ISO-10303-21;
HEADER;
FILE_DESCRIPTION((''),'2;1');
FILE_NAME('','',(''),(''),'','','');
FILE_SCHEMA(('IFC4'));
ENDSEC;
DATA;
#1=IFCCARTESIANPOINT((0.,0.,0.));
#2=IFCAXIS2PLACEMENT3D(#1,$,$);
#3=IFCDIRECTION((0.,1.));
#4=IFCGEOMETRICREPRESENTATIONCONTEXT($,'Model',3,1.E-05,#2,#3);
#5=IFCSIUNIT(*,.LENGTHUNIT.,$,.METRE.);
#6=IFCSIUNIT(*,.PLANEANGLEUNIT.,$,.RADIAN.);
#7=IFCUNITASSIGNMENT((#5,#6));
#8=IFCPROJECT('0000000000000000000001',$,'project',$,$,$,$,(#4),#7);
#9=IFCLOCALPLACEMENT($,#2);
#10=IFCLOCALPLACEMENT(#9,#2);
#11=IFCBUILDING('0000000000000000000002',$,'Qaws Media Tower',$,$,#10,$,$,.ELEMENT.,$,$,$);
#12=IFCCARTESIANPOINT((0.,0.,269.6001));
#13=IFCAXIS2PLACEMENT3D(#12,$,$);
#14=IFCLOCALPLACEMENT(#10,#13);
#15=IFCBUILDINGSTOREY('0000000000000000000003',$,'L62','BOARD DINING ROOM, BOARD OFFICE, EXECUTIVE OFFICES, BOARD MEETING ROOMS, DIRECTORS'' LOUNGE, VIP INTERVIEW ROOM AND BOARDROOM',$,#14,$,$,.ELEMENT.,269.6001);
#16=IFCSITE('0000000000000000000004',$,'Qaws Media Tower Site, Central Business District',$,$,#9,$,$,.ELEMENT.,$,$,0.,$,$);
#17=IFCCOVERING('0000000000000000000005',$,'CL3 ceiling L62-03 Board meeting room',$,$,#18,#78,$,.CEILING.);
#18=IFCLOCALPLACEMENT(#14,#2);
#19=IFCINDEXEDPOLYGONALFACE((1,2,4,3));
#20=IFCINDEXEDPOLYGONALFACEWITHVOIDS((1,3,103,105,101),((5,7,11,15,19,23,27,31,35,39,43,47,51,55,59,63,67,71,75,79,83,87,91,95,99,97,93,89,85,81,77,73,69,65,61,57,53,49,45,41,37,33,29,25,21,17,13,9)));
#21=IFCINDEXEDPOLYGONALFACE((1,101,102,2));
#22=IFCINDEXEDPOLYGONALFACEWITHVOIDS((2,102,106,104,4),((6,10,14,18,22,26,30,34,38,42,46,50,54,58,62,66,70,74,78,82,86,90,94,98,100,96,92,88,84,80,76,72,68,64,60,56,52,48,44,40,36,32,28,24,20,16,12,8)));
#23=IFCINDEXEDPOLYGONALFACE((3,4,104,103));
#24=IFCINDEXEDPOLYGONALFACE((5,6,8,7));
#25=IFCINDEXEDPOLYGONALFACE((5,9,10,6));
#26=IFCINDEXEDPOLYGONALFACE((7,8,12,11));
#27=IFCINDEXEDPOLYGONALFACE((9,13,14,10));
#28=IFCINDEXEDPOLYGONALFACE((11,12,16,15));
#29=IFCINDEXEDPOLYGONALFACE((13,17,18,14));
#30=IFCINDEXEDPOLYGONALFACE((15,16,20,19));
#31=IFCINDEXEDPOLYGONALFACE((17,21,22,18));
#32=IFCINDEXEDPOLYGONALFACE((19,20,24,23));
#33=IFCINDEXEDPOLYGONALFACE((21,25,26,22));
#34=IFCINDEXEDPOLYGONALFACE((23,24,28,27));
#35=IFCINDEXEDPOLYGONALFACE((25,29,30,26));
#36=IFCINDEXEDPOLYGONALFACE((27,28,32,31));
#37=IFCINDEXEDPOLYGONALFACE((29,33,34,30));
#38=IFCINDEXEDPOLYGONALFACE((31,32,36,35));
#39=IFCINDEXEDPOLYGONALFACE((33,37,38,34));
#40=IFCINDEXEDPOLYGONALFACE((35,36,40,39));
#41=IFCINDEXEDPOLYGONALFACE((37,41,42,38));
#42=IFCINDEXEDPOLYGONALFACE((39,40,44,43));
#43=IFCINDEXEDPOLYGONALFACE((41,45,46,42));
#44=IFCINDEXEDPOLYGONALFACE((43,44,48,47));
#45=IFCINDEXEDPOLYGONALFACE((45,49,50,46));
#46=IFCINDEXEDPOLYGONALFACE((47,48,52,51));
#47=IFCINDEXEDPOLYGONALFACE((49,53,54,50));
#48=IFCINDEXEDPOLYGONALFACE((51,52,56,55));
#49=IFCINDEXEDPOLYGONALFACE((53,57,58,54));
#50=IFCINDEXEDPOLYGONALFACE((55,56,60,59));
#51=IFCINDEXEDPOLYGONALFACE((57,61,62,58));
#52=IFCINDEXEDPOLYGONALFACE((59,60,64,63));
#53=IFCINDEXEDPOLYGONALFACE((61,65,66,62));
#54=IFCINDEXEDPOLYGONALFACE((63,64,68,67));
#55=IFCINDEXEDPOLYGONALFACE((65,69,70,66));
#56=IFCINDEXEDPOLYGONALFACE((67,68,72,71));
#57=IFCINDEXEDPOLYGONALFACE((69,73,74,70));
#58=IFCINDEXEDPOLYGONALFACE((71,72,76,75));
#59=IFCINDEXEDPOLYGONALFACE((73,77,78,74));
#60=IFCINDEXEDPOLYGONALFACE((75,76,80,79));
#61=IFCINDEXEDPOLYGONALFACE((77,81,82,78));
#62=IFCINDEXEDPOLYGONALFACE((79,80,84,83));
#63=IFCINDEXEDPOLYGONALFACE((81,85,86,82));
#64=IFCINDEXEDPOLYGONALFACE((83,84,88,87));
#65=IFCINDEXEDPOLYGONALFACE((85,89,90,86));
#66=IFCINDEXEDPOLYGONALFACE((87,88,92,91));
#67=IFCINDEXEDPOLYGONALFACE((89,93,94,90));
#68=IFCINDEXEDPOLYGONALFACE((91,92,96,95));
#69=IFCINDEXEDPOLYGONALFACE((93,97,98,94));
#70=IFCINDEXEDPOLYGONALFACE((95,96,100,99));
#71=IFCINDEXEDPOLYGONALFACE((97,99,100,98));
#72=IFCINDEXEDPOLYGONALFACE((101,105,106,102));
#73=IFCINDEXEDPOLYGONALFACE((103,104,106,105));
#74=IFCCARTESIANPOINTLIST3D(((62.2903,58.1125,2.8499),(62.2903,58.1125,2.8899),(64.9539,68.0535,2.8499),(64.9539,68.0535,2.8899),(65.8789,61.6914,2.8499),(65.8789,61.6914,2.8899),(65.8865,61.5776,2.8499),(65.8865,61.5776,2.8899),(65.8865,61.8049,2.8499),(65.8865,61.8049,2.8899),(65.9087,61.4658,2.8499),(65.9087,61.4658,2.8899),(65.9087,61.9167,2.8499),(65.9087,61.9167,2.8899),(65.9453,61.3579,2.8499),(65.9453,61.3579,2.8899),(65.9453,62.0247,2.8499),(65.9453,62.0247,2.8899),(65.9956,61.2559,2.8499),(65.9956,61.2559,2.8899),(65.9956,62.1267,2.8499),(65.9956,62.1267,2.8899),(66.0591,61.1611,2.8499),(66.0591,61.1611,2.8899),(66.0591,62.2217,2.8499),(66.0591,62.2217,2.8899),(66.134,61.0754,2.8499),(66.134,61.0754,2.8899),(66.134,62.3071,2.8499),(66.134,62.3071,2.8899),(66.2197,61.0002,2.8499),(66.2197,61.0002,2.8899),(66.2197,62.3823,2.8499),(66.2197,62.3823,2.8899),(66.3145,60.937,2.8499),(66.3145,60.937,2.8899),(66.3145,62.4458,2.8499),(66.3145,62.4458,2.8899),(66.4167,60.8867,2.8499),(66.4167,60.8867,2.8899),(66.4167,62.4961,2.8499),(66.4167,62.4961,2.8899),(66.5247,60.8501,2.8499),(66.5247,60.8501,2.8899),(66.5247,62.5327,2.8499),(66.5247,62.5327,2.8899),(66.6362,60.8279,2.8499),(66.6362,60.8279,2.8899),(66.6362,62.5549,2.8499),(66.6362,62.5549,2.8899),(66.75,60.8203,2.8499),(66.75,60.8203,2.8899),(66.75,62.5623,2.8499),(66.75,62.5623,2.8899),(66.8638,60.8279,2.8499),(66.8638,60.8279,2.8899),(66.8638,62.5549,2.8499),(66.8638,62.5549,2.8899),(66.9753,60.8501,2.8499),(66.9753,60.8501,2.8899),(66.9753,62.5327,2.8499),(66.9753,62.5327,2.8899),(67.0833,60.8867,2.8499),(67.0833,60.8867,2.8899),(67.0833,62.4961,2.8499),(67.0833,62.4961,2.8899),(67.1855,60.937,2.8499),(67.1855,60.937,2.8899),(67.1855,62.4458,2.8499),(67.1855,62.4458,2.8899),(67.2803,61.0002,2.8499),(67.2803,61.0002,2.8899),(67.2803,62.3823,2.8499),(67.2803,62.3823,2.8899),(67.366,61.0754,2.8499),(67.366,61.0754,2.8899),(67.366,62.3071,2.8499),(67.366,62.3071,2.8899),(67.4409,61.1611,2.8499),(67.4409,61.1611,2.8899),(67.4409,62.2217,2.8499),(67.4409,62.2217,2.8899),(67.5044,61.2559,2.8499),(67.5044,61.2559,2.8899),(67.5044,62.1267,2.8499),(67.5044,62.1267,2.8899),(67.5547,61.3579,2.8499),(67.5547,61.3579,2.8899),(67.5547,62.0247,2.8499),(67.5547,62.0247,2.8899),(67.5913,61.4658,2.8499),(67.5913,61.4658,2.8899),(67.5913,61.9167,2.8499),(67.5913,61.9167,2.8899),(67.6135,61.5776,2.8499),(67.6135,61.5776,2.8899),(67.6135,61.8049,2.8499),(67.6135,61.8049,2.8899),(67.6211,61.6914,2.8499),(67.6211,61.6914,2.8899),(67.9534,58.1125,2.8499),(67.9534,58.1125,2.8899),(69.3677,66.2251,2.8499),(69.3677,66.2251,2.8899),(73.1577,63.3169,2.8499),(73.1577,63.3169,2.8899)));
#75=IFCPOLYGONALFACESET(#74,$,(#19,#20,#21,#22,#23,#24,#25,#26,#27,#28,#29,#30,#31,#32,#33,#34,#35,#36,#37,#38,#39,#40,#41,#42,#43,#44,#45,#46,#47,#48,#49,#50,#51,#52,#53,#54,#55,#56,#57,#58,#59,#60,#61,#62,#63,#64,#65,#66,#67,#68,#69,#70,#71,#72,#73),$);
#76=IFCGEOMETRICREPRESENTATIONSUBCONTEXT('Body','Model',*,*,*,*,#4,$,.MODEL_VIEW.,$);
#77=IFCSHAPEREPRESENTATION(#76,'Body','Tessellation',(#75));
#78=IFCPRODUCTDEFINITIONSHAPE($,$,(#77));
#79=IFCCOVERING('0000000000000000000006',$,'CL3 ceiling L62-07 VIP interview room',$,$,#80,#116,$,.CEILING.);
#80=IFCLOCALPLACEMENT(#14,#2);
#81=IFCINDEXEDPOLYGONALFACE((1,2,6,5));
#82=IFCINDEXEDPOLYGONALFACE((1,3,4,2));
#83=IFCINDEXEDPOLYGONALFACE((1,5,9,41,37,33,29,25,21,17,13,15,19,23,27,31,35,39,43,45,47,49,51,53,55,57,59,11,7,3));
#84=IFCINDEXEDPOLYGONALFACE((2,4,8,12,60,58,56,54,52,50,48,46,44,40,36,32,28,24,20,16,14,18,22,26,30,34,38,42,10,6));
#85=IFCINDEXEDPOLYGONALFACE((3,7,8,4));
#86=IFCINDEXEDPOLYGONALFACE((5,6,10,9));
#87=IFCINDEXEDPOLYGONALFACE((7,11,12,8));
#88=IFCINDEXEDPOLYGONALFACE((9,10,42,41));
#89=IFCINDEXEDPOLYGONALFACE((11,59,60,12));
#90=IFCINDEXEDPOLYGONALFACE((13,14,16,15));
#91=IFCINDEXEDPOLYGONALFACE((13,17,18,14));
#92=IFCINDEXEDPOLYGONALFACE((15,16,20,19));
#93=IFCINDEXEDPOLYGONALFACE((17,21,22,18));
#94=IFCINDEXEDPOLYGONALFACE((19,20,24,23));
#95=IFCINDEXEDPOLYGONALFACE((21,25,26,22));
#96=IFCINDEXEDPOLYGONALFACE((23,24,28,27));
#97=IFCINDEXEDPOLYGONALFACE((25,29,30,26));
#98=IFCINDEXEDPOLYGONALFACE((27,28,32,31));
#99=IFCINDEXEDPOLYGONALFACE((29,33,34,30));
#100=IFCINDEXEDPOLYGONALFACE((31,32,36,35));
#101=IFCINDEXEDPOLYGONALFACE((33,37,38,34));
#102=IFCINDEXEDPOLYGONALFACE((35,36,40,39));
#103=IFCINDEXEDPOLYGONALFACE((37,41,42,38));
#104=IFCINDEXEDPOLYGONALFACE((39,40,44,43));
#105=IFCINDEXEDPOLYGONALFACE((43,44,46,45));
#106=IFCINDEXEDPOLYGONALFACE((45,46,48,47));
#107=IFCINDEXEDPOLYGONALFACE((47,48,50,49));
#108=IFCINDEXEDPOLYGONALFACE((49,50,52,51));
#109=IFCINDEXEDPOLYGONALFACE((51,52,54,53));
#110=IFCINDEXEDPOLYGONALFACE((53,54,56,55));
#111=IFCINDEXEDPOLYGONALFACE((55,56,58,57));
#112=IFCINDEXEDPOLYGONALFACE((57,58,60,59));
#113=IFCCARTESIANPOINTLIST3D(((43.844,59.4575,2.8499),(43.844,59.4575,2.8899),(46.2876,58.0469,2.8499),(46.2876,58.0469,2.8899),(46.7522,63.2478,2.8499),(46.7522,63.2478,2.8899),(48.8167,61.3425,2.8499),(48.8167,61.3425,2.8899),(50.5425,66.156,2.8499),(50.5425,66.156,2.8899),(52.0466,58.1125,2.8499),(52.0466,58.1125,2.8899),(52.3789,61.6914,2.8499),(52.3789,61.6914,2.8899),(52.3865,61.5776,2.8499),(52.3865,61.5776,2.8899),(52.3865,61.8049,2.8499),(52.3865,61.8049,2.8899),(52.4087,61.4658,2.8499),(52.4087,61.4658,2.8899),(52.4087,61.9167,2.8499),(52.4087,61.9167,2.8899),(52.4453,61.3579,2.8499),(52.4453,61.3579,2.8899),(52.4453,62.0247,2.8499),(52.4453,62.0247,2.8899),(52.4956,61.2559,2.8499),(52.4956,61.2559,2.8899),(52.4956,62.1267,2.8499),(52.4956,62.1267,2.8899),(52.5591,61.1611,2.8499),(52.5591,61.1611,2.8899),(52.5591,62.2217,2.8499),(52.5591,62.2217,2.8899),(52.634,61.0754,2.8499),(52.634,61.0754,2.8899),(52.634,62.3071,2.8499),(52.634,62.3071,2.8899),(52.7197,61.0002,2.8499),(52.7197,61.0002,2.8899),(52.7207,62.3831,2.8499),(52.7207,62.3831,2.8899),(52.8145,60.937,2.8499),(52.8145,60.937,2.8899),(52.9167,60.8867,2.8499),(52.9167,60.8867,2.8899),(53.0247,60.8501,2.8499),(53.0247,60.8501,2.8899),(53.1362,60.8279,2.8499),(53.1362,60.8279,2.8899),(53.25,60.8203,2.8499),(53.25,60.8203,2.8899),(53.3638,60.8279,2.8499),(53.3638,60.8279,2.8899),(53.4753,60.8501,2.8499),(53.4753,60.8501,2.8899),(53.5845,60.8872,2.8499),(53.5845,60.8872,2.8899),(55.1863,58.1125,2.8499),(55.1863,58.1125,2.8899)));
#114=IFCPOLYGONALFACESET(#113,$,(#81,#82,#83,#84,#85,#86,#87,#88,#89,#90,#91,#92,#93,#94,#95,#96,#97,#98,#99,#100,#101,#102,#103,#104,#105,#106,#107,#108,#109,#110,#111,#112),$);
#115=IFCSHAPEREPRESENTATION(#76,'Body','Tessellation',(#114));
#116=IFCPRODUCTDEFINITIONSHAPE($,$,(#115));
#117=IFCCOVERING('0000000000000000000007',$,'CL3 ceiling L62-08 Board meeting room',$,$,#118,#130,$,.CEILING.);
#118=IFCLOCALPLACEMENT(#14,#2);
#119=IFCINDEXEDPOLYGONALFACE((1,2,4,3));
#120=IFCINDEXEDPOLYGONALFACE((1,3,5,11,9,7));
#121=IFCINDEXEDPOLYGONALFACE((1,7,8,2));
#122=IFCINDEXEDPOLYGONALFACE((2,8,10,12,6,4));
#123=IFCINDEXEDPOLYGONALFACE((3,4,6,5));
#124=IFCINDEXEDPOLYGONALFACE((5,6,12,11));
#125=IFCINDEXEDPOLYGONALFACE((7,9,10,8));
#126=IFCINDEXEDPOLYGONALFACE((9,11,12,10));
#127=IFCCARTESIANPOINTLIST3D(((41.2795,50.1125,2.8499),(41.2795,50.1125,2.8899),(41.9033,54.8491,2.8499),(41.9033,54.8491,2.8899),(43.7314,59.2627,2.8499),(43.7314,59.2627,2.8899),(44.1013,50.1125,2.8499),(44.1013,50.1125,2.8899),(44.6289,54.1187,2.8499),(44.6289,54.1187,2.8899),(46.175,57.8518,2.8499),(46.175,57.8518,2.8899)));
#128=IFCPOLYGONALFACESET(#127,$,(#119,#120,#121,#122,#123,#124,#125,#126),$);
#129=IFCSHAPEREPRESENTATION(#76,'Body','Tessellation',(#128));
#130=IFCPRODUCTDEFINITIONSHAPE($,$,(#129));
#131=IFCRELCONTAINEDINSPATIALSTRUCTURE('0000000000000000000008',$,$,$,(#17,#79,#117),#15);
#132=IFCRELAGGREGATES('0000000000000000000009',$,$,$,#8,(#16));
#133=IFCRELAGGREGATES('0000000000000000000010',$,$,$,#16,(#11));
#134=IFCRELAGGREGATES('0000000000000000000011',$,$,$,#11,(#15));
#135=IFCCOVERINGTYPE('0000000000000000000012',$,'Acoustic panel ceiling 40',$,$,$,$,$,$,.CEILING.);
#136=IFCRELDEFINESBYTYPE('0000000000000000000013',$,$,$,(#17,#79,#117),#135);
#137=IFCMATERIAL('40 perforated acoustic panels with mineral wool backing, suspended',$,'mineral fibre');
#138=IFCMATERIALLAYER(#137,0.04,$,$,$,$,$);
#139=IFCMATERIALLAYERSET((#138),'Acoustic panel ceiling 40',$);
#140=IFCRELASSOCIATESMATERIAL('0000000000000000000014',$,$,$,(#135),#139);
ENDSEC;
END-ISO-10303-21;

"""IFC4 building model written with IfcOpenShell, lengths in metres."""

from ifc_helpers import new_model, si_unit, direction, frame, origin, place, context, subcontext, project, spatial, polyline, outline, extrude, material, layer, layer_set, type_object, element, save


model = new_model("IFC4")

# Units and contexts
model_context = context("Model", 3, precision=1e-05, world=origin(), true_north=direction((0.0, 1.0)))
body_context = subcontext(model_context, "Body", "Model", "MODEL_VIEW")
ifc_project = project(units=[si_unit("LENGTHUNIT", "METRE"), si_unit("PLANEANGLEUNIT", "RADIAN")], contexts=[model_context])

# Site, building, storey
site_placement = place(None, origin())
site = spatial("IfcSite", under=ifc_project, at=site_placement, Name="Qaws Media Tower Site, Central Business District", CompositionType="ELEMENT", RefElevation=0.0)
building_placement = place(site_placement, origin())
building = spatial("IfcBuilding", under=site, at=building_placement, Name="Qaws Media Tower", CompositionType="ELEMENT")
storey_placement = place(building_placement, frame((0.0, 0.0, 269.6001)))
storey = spatial("IfcBuildingStorey", under=building, at=storey_placement, Name="L62", Description="BOARD DINING ROOM, BOARD OFFICE, EXECUTIVE OFFICES, BOARD MEETING ROOMS, DIRECTORS' LOUNGE, VIP INTERVIEW ROOM AND BOARDROOM", CompositionType="ELEMENT", Elevation=269.6001)

# Coverings
ifc_material_1 = material(Name="40 perforated acoustic panels with mineral wool backing, suspended", Category="mineral fibre")
ifc_layer_1 = layer(ifc_material_1, 0.04)
ifc_layer_set_1 = layer_set([ifc_layer_1], Name="Acoustic panel ceiling 40")
covering_type_1 = type_object("IfcCoveringType", Name="Acoustic panel ceiling 40", PredefinedType="CEILING", material=ifc_layer_set_1)
covering_1_placement = place(storey_placement, frame((0.0, 0.0, 2.8499)))
element("IfcCovering", 1, at=covering_1_placement, inside=storey, type_object=covering_type_1, Name="CL3 ceiling L62-03 Board meeting room", PredefinedType="CEILING", context=body_context, shape_type="SweptSolid", body=[
    extrude(outline(polyline([(69.3677, 66.2251), (73.1577, 63.3169), (67.9534, 58.1125), (62.2903, 58.1125), (64.9539, 68.0535), (69.3677, 66.2251)]), holes=[polyline([(67.5547, 61.3579), (67.5913, 61.4658), (67.6135, 61.5776), (67.6211, 61.6914), (67.6135, 61.8049), (67.5913, 61.9167), (67.5547, 62.0247), (67.5044, 62.1267), (67.4409, 62.2217), (67.366, 62.3071), (67.2803, 62.3823), (67.1855, 62.4458), (67.0833, 62.4961), (66.9753, 62.5327), (66.8638, 62.5549), (66.75, 62.5623), (66.6362, 62.5549), (66.5247, 62.5327), (66.4167, 62.4961), (66.3145, 62.4458), (66.2197, 62.3823), (66.134, 62.3071), (66.0591, 62.2217), (65.9956, 62.1267), (65.9453, 62.0247), (65.9087, 61.9167), (65.8865, 61.8049), (65.8789, 61.6914), (65.8865, 61.5776), (65.9087, 61.4658), (65.9453, 61.3579), (65.9956, 61.2559), (66.0591, 61.1611), (66.134, 61.0754), (66.2197, 61.0002), (66.3145, 60.937), (66.4167, 60.8867), (66.5247, 60.8501), (66.6362, 60.8279), (66.75, 60.8203), (66.8638, 60.8279), (66.9753, 60.8501), (67.0833, 60.8867), (67.1855, 60.937), (67.2803, 61.0002), (67.366, 61.0754), (67.4409, 61.1611), (67.5044, 61.2559), (67.5547, 61.3579)])]), origin(), (0.0, 0.0, 1.0), 0.04),
])
covering_2_placement = place(storey_placement, frame((0.0, 0.0, 2.8499)))
element("IfcCovering", 2, at=covering_2_placement, inside=storey, type_object=covering_type_1, Name="CL3 ceiling L62-07 VIP interview room", PredefinedType="CEILING", context=body_context, shape_type="SweptSolid", body=[
    extrude(outline(polyline([(46.7522, 63.2478), (50.5425, 66.156), (52.7207, 62.3831), (52.634, 62.3071), (52.5591, 62.2217), (52.4956, 62.1267), (52.4453, 62.0247), (52.4087, 61.9167), (52.3865, 61.8049), (52.3789, 61.6914), (52.3865, 61.5776), (52.4087, 61.4658), (52.4453, 61.3579), (52.4956, 61.2559), (52.5591, 61.1611), (52.634, 61.0754), (52.7197, 61.0002), (52.8145, 60.937), (52.9167, 60.8867), (53.0247, 60.8501), (53.1362, 60.8279), (53.25, 60.8203), (53.3638, 60.8279), (53.4753, 60.8501), (53.5845, 60.8872), (55.1863, 58.1125), (52.0466, 58.1125), (48.8167, 61.3425), (46.2876, 58.0469), (43.844, 59.4575), (46.7522, 63.2478)])), origin(), (0.0, 0.0, 1.0), 0.04),
])
covering_3_placement = place(storey_placement, frame((0.0, 0.0, 2.8499)))
element("IfcCovering", 3, at=covering_3_placement, inside=storey, type_object=covering_type_1, Name="CL3 ceiling L62-08 Board meeting room", PredefinedType="CEILING", context=body_context, shape_type="SweptSolid", body=[
    extrude(outline(polyline([(41.9033, 54.8491), (43.7314, 59.2627), (46.175, 57.8518), (44.6289, 54.1187), (44.1013, 50.1125), (41.2795, 50.1125), (41.9033, 54.8491)])), origin(), (0.0, 0.0, 1.0), 0.04),
])

save(model, "model.ifc")
